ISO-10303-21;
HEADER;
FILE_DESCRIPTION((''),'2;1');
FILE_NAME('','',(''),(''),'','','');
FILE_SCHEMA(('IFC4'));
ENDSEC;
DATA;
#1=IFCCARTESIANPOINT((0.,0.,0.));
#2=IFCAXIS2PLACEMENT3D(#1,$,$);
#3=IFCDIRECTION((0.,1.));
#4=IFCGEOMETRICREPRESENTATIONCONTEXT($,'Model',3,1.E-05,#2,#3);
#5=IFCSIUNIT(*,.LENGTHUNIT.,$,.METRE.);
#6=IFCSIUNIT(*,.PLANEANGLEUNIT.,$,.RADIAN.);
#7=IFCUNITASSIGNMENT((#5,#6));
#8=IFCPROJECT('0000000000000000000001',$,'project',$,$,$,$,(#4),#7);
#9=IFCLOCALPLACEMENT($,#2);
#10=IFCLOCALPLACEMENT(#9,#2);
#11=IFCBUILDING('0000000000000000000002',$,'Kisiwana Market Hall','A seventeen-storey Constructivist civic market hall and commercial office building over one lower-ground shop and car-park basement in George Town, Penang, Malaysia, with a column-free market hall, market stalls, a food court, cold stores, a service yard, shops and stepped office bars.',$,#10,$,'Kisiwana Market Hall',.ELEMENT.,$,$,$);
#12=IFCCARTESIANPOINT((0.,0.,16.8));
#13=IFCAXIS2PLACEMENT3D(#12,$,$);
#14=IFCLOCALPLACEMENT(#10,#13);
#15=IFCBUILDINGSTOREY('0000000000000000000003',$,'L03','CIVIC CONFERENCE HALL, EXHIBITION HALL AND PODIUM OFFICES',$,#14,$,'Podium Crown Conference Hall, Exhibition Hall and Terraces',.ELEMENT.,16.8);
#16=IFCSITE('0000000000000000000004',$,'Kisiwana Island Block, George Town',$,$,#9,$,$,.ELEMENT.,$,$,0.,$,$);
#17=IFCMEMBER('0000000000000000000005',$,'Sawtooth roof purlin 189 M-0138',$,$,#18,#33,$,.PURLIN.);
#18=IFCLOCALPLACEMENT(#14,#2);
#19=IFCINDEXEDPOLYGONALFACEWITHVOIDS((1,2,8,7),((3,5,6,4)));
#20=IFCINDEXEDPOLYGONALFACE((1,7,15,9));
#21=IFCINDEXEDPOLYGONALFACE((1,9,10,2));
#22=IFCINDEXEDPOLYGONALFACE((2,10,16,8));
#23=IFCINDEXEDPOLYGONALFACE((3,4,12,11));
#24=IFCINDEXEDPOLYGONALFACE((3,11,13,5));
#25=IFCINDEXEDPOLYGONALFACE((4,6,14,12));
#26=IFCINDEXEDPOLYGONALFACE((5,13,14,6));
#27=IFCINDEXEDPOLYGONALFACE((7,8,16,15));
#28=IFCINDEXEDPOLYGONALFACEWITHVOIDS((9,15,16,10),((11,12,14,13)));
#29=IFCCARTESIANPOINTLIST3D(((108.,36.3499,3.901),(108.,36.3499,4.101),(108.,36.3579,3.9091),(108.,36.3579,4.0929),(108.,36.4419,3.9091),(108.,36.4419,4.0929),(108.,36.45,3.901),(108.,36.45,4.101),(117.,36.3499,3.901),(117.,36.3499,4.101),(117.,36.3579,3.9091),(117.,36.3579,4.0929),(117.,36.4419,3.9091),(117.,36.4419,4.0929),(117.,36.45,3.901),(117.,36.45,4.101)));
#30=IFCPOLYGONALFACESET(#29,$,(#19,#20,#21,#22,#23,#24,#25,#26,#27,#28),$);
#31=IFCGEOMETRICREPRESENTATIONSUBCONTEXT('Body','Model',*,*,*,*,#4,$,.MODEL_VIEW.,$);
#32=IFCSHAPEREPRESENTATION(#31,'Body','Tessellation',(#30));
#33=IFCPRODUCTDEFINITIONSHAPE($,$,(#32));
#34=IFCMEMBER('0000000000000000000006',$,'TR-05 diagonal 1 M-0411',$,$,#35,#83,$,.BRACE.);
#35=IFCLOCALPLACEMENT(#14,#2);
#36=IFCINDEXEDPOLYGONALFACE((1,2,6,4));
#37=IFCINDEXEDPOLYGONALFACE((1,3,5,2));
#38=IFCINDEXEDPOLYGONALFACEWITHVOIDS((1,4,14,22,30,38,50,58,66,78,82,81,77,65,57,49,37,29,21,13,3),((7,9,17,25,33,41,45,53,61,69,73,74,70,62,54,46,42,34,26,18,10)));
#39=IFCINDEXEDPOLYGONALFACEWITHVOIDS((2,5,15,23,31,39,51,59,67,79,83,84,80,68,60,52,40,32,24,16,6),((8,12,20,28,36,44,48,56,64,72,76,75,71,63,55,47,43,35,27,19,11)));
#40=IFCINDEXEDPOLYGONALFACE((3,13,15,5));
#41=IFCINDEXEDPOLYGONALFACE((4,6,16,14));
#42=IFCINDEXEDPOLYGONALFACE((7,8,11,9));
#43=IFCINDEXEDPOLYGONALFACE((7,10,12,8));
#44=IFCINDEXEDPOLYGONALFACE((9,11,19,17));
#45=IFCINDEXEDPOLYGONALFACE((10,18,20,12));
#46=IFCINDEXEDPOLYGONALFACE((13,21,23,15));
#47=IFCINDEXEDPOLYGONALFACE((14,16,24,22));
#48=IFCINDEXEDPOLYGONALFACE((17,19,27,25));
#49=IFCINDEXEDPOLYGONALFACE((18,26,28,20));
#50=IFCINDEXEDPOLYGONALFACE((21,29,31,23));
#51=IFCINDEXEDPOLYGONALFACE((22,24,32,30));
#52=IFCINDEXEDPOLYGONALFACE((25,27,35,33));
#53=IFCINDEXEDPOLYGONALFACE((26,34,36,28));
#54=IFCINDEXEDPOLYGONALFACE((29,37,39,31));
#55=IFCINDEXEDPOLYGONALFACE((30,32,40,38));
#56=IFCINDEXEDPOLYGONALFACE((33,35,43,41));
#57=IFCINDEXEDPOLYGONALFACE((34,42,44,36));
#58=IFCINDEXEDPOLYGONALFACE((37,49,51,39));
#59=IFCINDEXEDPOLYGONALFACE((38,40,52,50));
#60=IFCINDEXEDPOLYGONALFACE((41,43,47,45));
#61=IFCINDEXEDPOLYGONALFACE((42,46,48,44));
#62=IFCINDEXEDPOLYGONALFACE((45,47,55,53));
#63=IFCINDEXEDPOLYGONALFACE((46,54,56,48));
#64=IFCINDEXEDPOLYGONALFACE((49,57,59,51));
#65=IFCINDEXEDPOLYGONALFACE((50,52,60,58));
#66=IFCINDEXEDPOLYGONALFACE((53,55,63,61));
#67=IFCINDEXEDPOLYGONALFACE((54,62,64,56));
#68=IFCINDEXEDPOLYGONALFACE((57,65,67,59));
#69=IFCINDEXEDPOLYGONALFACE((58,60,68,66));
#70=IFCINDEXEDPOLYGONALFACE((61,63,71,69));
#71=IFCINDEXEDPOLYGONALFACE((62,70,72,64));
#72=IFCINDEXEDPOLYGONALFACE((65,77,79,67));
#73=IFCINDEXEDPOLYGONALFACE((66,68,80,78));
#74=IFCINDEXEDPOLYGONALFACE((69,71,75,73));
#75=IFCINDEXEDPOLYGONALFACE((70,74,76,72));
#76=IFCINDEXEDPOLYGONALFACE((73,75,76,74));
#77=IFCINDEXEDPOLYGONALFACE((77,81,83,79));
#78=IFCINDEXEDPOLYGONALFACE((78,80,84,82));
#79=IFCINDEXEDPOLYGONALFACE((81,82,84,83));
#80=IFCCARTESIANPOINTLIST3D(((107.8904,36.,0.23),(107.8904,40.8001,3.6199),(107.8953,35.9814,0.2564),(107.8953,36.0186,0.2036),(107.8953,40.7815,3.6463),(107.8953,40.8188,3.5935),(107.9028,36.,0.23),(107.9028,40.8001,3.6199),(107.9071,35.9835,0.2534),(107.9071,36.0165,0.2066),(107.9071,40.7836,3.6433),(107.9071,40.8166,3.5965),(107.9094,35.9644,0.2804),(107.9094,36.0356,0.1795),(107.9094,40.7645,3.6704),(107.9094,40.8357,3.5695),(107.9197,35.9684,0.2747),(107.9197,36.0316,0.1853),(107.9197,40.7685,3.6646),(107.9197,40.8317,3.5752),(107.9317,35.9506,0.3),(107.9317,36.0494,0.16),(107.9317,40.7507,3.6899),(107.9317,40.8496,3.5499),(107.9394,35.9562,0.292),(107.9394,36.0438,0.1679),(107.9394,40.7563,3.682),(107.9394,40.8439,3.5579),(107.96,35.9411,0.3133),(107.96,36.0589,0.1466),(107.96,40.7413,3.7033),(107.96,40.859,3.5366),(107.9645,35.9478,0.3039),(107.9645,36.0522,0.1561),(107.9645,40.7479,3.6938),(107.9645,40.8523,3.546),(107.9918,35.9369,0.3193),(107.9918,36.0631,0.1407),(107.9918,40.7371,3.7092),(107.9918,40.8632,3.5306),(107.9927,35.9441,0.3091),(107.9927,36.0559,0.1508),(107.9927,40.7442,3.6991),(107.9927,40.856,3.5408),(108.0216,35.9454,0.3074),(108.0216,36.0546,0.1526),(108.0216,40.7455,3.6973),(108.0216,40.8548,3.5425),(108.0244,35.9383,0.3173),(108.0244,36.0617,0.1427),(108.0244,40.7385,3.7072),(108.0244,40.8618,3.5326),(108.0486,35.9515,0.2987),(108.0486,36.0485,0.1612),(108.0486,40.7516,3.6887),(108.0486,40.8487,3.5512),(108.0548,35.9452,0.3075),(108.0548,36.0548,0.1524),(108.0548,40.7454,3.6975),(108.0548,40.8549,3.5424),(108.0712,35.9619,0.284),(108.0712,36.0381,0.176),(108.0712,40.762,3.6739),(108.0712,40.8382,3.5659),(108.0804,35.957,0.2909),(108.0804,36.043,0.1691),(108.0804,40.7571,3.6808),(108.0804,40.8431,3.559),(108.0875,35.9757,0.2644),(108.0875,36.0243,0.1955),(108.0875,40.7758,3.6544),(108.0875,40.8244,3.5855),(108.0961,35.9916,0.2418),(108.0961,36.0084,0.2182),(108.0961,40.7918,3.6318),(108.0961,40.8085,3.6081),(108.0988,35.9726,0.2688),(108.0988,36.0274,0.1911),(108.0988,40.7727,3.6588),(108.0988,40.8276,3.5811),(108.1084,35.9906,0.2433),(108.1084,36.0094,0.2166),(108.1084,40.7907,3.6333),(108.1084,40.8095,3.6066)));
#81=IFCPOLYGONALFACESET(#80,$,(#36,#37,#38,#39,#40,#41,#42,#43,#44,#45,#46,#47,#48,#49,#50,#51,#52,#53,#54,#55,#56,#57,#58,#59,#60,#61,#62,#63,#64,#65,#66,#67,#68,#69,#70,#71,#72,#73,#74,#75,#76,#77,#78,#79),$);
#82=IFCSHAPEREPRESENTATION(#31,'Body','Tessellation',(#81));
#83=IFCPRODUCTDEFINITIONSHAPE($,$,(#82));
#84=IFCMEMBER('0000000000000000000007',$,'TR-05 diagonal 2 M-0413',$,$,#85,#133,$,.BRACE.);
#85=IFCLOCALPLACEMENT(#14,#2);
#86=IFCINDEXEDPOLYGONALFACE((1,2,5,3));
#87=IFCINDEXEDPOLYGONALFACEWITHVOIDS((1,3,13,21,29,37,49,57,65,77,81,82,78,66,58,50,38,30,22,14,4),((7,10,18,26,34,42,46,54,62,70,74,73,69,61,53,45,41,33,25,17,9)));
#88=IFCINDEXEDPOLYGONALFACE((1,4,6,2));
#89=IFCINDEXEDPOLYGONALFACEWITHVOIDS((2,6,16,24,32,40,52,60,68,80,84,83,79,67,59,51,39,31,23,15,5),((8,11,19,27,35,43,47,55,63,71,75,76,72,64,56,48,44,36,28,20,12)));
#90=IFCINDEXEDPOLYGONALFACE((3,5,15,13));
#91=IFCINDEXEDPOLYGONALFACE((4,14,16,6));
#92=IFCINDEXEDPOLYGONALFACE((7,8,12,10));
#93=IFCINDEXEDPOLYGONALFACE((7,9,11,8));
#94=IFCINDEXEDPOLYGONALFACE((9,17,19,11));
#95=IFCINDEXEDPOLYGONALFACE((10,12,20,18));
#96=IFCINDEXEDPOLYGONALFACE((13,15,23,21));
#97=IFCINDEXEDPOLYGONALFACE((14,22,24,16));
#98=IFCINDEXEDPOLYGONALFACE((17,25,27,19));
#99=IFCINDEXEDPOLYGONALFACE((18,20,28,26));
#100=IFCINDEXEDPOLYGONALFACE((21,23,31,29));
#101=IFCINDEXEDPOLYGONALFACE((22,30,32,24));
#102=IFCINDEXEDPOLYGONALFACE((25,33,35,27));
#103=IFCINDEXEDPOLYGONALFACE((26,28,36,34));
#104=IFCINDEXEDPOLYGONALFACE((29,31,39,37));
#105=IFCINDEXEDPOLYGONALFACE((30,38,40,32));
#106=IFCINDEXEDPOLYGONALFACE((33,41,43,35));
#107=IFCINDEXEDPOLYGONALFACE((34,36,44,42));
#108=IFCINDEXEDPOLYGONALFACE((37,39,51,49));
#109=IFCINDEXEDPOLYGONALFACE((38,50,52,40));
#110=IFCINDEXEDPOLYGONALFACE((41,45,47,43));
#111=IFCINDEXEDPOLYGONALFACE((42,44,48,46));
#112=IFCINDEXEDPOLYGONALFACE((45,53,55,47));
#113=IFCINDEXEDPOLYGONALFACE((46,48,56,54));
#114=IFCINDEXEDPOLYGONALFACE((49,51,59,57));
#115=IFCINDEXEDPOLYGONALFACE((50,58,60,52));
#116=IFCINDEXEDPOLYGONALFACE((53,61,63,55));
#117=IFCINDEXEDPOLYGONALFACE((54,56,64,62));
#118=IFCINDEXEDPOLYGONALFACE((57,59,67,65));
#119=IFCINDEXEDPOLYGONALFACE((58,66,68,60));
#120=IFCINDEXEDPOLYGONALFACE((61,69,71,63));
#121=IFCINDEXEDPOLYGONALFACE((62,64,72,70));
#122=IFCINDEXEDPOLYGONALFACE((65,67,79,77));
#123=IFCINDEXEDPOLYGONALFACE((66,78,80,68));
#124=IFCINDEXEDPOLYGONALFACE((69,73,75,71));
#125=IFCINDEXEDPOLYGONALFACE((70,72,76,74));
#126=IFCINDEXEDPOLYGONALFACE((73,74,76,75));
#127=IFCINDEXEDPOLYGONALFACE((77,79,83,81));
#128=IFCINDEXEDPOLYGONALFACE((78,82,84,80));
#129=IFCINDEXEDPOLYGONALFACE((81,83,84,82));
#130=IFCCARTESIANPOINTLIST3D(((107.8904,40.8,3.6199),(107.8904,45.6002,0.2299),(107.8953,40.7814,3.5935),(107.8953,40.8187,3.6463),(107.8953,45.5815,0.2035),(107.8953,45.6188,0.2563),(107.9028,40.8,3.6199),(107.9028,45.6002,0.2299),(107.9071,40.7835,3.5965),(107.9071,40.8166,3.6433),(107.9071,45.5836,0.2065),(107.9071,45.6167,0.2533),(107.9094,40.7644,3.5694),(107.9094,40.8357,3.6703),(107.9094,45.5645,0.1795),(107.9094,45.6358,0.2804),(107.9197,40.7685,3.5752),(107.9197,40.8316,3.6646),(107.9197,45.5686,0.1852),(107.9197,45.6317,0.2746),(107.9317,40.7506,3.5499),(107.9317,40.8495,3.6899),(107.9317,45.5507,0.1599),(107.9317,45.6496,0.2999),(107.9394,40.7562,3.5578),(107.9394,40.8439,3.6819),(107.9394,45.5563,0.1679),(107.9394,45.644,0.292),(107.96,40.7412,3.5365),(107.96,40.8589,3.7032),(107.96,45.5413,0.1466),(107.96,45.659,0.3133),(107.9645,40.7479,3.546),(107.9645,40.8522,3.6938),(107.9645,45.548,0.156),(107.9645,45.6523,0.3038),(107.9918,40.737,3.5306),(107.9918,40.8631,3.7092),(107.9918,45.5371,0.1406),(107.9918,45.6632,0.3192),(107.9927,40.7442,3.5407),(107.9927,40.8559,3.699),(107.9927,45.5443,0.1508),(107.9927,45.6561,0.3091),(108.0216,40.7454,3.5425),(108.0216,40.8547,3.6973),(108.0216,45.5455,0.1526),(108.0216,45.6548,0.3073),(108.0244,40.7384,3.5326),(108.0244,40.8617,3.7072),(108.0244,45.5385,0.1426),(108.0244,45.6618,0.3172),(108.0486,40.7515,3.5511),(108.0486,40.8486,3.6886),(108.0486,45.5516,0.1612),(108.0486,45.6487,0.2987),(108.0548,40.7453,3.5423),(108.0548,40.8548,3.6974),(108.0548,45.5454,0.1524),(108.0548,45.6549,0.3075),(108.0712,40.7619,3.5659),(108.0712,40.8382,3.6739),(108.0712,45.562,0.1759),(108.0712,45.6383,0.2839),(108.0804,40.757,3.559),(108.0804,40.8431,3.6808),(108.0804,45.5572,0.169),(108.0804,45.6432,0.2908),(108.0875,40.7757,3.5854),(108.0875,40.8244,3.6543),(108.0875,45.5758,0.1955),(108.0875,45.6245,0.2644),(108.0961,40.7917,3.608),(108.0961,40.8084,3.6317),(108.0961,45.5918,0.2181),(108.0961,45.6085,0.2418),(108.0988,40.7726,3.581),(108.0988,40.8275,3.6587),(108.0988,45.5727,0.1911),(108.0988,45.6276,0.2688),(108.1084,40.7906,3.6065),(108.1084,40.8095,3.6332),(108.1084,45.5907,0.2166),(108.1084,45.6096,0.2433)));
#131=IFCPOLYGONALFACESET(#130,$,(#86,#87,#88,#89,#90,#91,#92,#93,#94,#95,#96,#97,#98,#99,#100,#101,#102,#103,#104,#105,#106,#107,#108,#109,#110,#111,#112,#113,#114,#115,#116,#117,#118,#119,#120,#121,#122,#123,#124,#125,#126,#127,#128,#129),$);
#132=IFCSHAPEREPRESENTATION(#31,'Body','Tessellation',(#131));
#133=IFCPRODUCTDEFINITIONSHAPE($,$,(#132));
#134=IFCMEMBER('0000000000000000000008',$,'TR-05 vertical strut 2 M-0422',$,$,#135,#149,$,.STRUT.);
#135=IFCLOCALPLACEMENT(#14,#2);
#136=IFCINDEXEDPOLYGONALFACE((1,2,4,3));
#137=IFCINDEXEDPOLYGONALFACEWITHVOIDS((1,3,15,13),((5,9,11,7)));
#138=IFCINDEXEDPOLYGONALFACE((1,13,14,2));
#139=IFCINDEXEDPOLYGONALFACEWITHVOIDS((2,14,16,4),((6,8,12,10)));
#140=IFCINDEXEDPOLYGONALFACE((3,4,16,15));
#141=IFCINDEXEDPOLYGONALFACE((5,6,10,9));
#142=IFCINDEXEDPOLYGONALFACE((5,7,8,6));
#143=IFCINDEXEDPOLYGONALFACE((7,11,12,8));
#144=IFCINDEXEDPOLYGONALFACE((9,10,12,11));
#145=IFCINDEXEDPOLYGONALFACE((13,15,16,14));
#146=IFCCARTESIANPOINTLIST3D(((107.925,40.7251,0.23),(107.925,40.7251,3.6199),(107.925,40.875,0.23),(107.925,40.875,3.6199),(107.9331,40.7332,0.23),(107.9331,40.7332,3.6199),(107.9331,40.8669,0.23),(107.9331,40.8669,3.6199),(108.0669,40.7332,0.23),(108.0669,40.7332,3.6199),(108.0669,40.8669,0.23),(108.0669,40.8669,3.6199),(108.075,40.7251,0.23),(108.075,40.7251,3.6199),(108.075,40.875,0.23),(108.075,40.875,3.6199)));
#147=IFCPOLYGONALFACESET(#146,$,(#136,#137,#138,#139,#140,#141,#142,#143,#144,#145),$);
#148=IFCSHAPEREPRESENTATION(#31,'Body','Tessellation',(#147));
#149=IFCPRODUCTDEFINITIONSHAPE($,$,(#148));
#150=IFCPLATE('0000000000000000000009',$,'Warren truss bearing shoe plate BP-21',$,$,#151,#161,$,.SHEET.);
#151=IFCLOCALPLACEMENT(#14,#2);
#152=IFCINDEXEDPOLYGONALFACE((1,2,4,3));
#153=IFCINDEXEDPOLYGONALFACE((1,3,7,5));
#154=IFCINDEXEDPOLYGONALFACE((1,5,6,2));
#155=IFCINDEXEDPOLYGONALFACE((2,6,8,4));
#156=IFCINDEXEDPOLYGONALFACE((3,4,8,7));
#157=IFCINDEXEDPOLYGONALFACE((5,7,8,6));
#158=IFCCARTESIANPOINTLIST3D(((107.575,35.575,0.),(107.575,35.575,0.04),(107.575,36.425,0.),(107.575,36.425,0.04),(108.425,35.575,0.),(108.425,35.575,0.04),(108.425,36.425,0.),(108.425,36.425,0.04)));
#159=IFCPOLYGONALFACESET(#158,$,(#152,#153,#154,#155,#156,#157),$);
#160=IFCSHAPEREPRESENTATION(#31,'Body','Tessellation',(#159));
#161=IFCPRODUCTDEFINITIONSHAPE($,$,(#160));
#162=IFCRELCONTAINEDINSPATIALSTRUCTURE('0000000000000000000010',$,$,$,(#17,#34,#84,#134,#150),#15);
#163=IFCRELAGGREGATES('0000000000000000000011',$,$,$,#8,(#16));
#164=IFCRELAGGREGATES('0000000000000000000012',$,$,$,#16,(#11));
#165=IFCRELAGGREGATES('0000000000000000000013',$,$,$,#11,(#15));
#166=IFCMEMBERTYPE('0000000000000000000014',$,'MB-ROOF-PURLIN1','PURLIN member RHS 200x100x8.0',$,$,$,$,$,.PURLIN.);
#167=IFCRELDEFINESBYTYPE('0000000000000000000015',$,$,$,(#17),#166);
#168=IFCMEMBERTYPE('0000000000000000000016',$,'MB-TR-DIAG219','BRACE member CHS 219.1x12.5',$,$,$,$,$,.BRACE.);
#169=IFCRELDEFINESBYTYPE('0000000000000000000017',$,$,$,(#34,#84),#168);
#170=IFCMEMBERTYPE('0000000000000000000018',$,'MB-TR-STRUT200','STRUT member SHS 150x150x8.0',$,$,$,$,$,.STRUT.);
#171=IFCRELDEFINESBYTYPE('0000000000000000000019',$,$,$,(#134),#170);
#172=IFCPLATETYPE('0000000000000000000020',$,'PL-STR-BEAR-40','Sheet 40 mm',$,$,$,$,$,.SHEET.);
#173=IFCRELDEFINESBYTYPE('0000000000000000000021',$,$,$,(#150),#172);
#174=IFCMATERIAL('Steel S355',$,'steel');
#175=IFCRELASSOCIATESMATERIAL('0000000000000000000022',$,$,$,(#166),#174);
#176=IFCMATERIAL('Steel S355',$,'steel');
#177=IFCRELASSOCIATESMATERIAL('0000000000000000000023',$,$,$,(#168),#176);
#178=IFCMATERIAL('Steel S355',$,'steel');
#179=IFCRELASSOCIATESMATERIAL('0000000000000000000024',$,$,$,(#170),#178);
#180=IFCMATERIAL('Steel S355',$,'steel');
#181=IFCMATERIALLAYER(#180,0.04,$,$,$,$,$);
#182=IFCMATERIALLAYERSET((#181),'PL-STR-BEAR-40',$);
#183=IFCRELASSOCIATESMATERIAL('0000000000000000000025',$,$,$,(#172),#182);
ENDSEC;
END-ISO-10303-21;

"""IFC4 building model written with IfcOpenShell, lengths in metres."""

from ifc_helpers import new_model, si_unit, direction, frame, origin, origin_2d, place, context, subcontext, project, spatial, rectangle, hollow_rectangle, hollow_circle, extrude, material, layer, layer_set, material_profile, profile_set, type_object, element, save


model = new_model("IFC4")

# Units and contexts
model_context = context("Model", 3, precision=1e-05, world=origin(), true_north=direction((0.0, 1.0)))
body_context = subcontext(model_context, "Body", "Model", "MODEL_VIEW")
ifc_project = project(units=[si_unit("LENGTHUNIT", "METRE"), si_unit("PLANEANGLEUNIT", "RADIAN")], contexts=[model_context])

# Site, building, storey
site_placement = place(None, origin())
site = spatial("IfcSite", under=ifc_project, at=site_placement, Name="Kisiwana Island Block, George Town", CompositionType="ELEMENT", RefElevation=0.0)
building_placement = place(site_placement, origin())
building = spatial("IfcBuilding", under=site, at=building_placement, Name="Kisiwana Market Hall", Description="A seventeen-storey Constructivist civic market hall and commercial office building over one lower-ground shop and car-park basement in George Town, Penang, Malaysia, with a column-free market hall, market stalls, a food court, cold stores, a service yard, shops and stepped office bars.", LongName="Kisiwana Market Hall", CompositionType="ELEMENT")
storey_placement = place(building_placement, frame((0.0, 0.0, 16.8)))
storey = spatial("IfcBuildingStorey", under=building, at=storey_placement, Name="L03", Description="CIVIC CONFERENCE HALL, EXHIBITION HALL AND PODIUM OFFICES", LongName="Podium Crown Conference Hall, Exhibition Hall and Terraces", CompositionType="ELEMENT", Elevation=16.8)

# Members
ifc_material_1 = material(Name="Steel S355", Category="steel")
ifc_material_profile_1 = material_profile(ifc_material_1, hollow_rectangle(XDim=0.1001, YDim=0.2, WallThickness=0.0081, at=origin_2d()), Name="RHS 200x100x8.0")
ifc_profile_set_1 = profile_set([ifc_material_profile_1], Name="Steel S355")
member_type_1 = type_object("IfcMemberType", Name="MB-ROOF-PURLIN1", Description="PURLIN member RHS 200x100x8.0", PredefinedType="PURLIN", material=ifc_profile_set_1)
member_1_placement = place(storey_placement, frame((108.0, 36.3999, 4.001), z_axis=(1.0, 0.0, 0.0), x_axis=(0.0, 1.0, 0.0)))
element("IfcMember", 1, at=member_1_placement, inside=storey, type_object=member_type_1, Name="Sawtooth roof purlin 189 M-0138", PredefinedType="PURLIN", context=body_context, shape_type="SweptSolid", body=[
    extrude(hollow_rectangle(XDim=0.1001, YDim=0.2, WallThickness=0.0081, at=origin_2d()), origin(), (0.0, 0.0, 1.0), 9.0),
])
ifc_material_2 = material(Name="Steel S355", Category="steel")
ifc_material_profile_2 = material_profile(ifc_material_2, hollow_circle(Radius=0.1096, WallThickness=0.0125, at=origin_2d()), Name="CHS 219.1x12.5")
ifc_profile_set_2 = profile_set([ifc_material_profile_2], Name="Steel S355")
member_type_2 = type_object("IfcMemberType", Name="MB-TR-DIAG219", Description="BRACE member CHS 219.1x12.5", PredefinedType="BRACE", material=ifc_profile_set_2)
for number, where, z_axis, x_axis, name in (
    (2, (108.0, 36.0, 0.23), (0.0, 0.816838, 0.576868), (-1.0, 0.0, 0.0), "TR-05 diagonal 1 M-0411"),
    (3, (108.0, 40.8, 3.6199), (0.0, 0.816838, -0.576868), (-1.0, 0.0, 0.0), "TR-05 diagonal 2 M-0413"),
):
    element("IfcMember", number, at=place(storey_placement, frame(where, z_axis=z_axis, x_axis=x_axis)), inside=storey, type_object=member_type_2, Name=name, PredefinedType="BRACE", context=body_context, shape_type="SweptSolid", body=[
        extrude(hollow_circle(Radius=0.1096, WallThickness=0.0125, at=origin_2d()), origin(), (0.0, 0.0, 1.0), 5.8765),
    ])
ifc_material_3 = material(Name="Steel S355", Category="steel")
ifc_material_profile_3 = material_profile(ifc_material_3, hollow_rectangle(XDim=0.1499, YDim=0.1499, WallThickness=0.0081, at=origin_2d()), Name="SHS 150x150x8.0")
ifc_profile_set_3 = profile_set([ifc_material_profile_3], Name="Steel S355")
member_type_3 = type_object("IfcMemberType", Name="MB-TR-STRUT200", Description="STRUT member SHS 150x150x8.0", PredefinedType="STRUT", material=ifc_profile_set_3)
member_2_placement = place(storey_placement, frame((108.0, 40.8, 0.23), z_axis=(0.0, 0.0, 1.0), x_axis=(1.0, 0.0, 0.0)))
element("IfcMember", 4, at=member_2_placement, inside=storey, type_object=member_type_3, Name="TR-05 vertical strut 2 M-0422", PredefinedType="STRUT", context=body_context, shape_type="SweptSolid", body=[
    extrude(hollow_rectangle(XDim=0.1499, YDim=0.1499, WallThickness=0.0081, at=origin_2d()), origin(), (0.0, 0.0, 1.0), 3.3899),
])

# Plate
ifc_material_4 = material(Name="Steel S355", Category="steel")
ifc_layer_1 = layer(ifc_material_4, 0.04)
ifc_layer_set_1 = layer_set([ifc_layer_1], Name="PL-STR-BEAR-40")
plate_type = type_object("IfcPlateType", Name="PL-STR-BEAR-40", Description="Sheet 40 mm", PredefinedType="SHEET", material=ifc_layer_set_1)
plate_placement = place(storey_placement, frame((108.0, 36.0, 0.0), z_axis=(0.0, 0.0, 1.0), x_axis=(1.0, 0.0, 0.0)))
element("IfcPlate", 5, at=plate_placement, inside=storey, type_object=plate_type, Name="Warren truss bearing shoe plate BP-21", PredefinedType="SHEET", context=body_context, shape_type="SweptSolid", body=[
    extrude(rectangle(XDim=0.8501, YDim=0.8501, at=origin_2d()), origin(), (0.0, 0.0, 1.0), 0.04),
])

save(model, "model.ifc")
